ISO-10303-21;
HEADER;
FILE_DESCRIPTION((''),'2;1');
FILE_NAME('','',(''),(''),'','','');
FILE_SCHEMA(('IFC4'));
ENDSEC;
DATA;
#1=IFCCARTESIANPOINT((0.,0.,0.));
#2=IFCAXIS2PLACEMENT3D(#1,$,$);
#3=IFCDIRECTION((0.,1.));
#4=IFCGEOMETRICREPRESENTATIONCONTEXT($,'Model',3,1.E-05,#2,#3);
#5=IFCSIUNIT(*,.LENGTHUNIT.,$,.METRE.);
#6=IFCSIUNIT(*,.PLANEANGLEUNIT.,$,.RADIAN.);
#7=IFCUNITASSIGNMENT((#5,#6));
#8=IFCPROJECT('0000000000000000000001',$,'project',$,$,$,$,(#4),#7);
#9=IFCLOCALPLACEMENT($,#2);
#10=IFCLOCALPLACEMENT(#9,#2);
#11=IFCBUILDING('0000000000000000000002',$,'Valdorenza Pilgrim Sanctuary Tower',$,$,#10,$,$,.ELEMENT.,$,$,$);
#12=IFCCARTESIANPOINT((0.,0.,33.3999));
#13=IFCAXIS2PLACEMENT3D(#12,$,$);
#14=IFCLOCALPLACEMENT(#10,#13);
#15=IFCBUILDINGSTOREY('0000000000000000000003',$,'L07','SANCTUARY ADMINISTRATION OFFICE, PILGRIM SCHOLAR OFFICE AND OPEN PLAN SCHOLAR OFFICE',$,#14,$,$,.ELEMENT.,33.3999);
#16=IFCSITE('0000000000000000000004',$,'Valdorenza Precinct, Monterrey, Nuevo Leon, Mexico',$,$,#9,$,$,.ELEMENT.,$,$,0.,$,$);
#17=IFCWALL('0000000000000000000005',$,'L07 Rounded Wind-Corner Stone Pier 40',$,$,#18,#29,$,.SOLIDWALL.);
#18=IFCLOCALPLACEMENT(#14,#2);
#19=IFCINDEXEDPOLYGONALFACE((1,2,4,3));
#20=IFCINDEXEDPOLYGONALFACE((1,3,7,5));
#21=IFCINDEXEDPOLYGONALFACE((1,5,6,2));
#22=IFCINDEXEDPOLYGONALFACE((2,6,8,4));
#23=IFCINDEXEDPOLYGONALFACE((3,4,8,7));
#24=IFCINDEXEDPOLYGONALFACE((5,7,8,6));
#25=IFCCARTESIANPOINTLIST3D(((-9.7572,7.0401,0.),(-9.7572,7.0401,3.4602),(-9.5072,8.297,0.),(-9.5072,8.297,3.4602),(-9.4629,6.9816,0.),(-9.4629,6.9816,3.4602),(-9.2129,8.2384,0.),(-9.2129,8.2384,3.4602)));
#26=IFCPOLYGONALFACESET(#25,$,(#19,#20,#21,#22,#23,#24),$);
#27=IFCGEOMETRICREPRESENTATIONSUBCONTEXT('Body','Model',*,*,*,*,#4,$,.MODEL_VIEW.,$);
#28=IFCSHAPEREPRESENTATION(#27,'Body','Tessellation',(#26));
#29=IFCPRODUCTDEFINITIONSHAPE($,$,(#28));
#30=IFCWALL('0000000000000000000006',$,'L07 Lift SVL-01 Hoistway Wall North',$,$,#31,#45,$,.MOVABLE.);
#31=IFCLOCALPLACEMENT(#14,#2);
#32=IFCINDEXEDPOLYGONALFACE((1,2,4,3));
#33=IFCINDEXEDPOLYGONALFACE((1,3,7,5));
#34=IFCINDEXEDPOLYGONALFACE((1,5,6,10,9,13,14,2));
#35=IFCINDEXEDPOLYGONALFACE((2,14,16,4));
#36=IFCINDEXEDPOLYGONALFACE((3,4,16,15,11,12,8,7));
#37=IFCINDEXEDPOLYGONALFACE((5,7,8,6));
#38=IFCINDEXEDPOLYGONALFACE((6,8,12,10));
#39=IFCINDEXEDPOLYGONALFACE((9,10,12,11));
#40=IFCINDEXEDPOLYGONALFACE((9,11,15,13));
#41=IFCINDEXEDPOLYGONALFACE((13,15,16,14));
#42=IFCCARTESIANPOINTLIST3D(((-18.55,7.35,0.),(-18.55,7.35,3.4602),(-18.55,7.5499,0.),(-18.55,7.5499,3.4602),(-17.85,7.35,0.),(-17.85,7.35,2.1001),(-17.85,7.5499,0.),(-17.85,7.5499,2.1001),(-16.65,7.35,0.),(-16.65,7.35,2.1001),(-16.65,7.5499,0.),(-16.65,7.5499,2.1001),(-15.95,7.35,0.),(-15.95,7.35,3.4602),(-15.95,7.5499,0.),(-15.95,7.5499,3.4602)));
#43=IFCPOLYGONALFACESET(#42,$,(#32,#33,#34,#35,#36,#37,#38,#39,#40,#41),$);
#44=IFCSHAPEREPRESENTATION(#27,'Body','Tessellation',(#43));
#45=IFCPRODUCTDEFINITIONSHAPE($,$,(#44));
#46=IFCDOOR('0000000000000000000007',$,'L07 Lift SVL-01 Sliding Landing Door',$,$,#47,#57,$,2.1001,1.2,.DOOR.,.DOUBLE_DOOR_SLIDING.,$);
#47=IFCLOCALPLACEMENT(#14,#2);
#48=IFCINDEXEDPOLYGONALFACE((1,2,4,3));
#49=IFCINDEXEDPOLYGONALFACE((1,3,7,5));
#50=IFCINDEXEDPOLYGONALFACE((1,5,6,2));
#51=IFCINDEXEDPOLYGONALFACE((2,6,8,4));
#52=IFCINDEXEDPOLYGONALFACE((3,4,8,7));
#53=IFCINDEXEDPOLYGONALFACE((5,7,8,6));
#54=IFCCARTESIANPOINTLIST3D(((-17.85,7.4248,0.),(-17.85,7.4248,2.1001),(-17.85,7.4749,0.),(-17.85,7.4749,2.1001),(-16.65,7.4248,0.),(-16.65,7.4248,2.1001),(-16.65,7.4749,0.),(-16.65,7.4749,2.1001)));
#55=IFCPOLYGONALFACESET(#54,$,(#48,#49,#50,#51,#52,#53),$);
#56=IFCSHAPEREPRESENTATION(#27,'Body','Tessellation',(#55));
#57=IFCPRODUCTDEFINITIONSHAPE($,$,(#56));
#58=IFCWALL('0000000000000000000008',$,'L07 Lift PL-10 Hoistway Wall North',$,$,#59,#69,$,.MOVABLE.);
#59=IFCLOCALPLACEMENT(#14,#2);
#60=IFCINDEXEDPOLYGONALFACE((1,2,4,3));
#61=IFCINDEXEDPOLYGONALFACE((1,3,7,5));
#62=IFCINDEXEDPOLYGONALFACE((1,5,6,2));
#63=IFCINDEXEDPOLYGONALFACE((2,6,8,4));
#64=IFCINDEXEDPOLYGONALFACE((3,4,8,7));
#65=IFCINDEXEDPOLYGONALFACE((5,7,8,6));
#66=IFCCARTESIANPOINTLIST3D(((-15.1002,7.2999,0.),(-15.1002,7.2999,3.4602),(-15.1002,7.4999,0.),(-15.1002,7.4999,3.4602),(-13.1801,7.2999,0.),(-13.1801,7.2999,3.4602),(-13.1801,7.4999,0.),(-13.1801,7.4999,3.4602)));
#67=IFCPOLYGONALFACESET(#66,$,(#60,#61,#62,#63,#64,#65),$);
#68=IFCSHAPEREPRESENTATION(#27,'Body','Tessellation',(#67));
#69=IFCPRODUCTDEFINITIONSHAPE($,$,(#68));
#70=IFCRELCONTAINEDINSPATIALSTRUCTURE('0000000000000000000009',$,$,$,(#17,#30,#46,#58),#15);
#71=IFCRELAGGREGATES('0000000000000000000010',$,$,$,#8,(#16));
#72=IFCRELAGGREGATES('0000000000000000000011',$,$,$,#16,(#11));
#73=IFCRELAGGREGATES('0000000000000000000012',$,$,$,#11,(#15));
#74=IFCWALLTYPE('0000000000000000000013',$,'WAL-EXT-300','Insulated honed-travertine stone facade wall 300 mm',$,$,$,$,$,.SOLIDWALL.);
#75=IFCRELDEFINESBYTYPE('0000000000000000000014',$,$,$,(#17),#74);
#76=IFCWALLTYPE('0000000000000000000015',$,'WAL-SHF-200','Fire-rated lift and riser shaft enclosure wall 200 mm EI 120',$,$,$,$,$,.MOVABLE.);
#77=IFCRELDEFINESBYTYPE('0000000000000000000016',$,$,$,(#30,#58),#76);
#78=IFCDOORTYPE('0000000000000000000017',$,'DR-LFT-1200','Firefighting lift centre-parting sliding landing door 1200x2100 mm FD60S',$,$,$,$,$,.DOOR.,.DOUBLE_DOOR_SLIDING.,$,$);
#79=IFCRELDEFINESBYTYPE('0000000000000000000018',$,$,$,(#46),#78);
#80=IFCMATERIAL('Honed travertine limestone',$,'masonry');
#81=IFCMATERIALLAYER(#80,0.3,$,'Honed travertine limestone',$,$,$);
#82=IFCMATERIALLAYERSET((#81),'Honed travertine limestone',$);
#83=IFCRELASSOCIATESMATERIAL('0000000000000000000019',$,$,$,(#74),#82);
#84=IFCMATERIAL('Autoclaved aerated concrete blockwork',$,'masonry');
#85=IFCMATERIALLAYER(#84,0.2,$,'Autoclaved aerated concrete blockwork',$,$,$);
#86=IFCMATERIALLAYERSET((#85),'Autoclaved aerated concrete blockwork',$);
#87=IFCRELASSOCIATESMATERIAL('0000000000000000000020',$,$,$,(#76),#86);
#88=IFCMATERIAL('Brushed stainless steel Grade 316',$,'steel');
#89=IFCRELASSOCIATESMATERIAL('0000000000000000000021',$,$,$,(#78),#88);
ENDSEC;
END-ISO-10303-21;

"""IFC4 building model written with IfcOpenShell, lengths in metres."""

from ifc_helpers import new_model, si_unit, direction, frame, frame_2d, origin, place, context, subcontext, project, spatial, rectangle, extrude, material, layer, layer_set, type_object, element, fill, save


model = new_model("IFC4")

# Units and contexts
model_context = context("Model", 3, precision=1e-05, world=origin(), true_north=direction((0.0, 1.0)))
body_context = subcontext(model_context, "Body", "Model", "MODEL_VIEW")
ifc_project = project(units=[si_unit("LENGTHUNIT", "METRE"), si_unit("PLANEANGLEUNIT", "RADIAN")], contexts=[model_context])

# Site, building, storey
site_placement = place(None, origin())
site = spatial("IfcSite", under=ifc_project, at=site_placement, Name="Valdorenza Precinct, Monterrey, Nuevo Leon, Mexico", CompositionType="ELEMENT", RefElevation=0.0)
building_placement = place(site_placement, origin())
building = spatial("IfcBuilding", under=site, at=building_placement, Name="Valdorenza Pilgrim Sanctuary Tower", CompositionType="ELEMENT")
storey_placement = place(building_placement, frame((0.0, 0.0, 33.3999)))
storey = spatial("IfcBuildingStorey", under=building, at=storey_placement, Name="L07", Description="SANCTUARY ADMINISTRATION OFFICE, PILGRIM SCHOLAR OFFICE AND OPEN PLAN SCHOLAR OFFICE", CompositionType="ELEMENT", Elevation=33.3999)

# Wall
ifc_material_1 = material(Name="Honed travertine limestone", Category="masonry")
ifc_layer_1 = layer(ifc_material_1, 0.3, Name="Honed travertine limestone")
ifc_layer_set_1 = layer_set([ifc_layer_1], Name="Honed travertine limestone")
wall_type_1 = type_object("IfcWallType", Name="WAL-EXT-300", Description="Insulated honed-travertine stone facade wall 300 mm", PredefinedType="SOLIDWALL", material=ifc_layer_set_1)
wall_1_placement = place(storey_placement, frame((-9.3601, 8.2676, 0.0), z_axis=(0.0, 0.0, 1.0), x_axis=(-0.19509, -0.980785, 0.0)))
element("IfcWall", 1, at=wall_1_placement, inside=storey, type_object=wall_type_1, Name="L07 Rounded Wind-Corner Stone Pier 40", PredefinedType="SOLIDWALL", context=body_context, shape_type="SweptSolid", body=[
    extrude(rectangle(XDim=1.2815, YDim=0.3, at=frame_2d((0.6406, 0.0))), origin(), (0.0, 0.0, 1.0), 3.4602),
])

# Wall, opening, door
ifc_material_2 = material(Name="Autoclaved aerated concrete blockwork", Category="masonry")
ifc_layer_2 = layer(ifc_material_2, 0.2, Name="Autoclaved aerated concrete blockwork")
ifc_layer_set_2 = layer_set([ifc_layer_2], Name="Autoclaved aerated concrete blockwork")
wall_type_2 = type_object("IfcWallType", Name="WAL-SHF-200", Description="Fire-rated lift and riser shaft enclosure wall 200 mm EI 120", PredefinedType="MOVABLE", material=ifc_layer_set_2)
wall_2_placement = place(storey_placement, frame((-18.55, 7.45, 0.0), z_axis=(0.0, 0.0, 1.0), x_axis=(1.0, 0.0, 0.0)))
wall_2 = element("IfcWall", 2, at=wall_2_placement, inside=storey, type_object=wall_type_2, Name="L07 Lift SVL-01 Hoistway Wall North", PredefinedType="MOVABLE", context=body_context, shape_type="SweptSolid", body=[
    extrude(rectangle(XDim=2.6001, YDim=0.2, at=frame_2d((1.3, 0.0))), origin(), (0.0, 0.0, 1.0), 3.4602),
])
opening_1_placement = place(wall_2_placement, frame((0.7, 0.0, 0.0)))
opening_1 = element("IfcOpeningElement", 3, at=opening_1_placement, cuts=wall_2, PredefinedType="OPENING", context=body_context, shape_type="SweptSolid", body=[
    extrude(rectangle(XDim=1.2, YDim=2.1001, at=frame_2d((0.6001, 1.05))), frame((0.0, 0.1147, 0.0), z_axis=(0.0, -1.0, 0.0), x_axis=(1.0, 0.0, 0.0)), (0.0, 0.0, 1.0), 0.2297),
])
ifc_material_3 = material(Name="Brushed stainless steel Grade 316", Category="steel")
door_type_1 = type_object("IfcDoorType", Name="DR-LFT-1200", Description="Firefighting lift centre-parting sliding landing door 1200x2100 mm FD60S", OperationType="DOUBLE_DOOR_SLIDING", PredefinedType="DOOR", material=ifc_material_3)
door_1_placement = place(opening_1_placement, origin())
door_1 = element("IfcDoor", 4, at=door_1_placement, inside=storey, type_object=door_type_1, Name="L07 Lift SVL-01 Sliding Landing Door", OperationType="DOUBLE_DOOR_SLIDING", OverallHeight=2.1001, OverallWidth=1.2, PredefinedType="DOOR", context=body_context, shape_type="SweptSolid", body=[
    extrude(rectangle(XDim=1.2, YDim=2.1001, at=frame_2d((0.6001, 1.05))), frame((0.0, 0.0249, 0.0), z_axis=(0.0, -1.0, 0.0), x_axis=(1.0, 0.0, 0.0)), (0.0, 0.0, 1.0), 0.05),
])
fill(opening_1, door_1)

# Wall
wall_3_placement = place(storey_placement, frame((-15.1001, 7.3999, 0.0), z_axis=(0.0, 0.0, 1.0), x_axis=(1.0, 0.0, 0.0)))
element("IfcWall", 5, at=wall_3_placement, inside=storey, type_object=wall_type_2, Name="L07 Lift PL-10 Hoistway Wall North", PredefinedType="MOVABLE", context=body_context, shape_type="SweptSolid", body=[
    extrude(rectangle(XDim=1.9202, YDim=0.2, at=frame_2d((0.96, 0.0))), origin(), (0.0, 0.0, 1.0), 3.4602),
])

save(model, "model.ifc")
